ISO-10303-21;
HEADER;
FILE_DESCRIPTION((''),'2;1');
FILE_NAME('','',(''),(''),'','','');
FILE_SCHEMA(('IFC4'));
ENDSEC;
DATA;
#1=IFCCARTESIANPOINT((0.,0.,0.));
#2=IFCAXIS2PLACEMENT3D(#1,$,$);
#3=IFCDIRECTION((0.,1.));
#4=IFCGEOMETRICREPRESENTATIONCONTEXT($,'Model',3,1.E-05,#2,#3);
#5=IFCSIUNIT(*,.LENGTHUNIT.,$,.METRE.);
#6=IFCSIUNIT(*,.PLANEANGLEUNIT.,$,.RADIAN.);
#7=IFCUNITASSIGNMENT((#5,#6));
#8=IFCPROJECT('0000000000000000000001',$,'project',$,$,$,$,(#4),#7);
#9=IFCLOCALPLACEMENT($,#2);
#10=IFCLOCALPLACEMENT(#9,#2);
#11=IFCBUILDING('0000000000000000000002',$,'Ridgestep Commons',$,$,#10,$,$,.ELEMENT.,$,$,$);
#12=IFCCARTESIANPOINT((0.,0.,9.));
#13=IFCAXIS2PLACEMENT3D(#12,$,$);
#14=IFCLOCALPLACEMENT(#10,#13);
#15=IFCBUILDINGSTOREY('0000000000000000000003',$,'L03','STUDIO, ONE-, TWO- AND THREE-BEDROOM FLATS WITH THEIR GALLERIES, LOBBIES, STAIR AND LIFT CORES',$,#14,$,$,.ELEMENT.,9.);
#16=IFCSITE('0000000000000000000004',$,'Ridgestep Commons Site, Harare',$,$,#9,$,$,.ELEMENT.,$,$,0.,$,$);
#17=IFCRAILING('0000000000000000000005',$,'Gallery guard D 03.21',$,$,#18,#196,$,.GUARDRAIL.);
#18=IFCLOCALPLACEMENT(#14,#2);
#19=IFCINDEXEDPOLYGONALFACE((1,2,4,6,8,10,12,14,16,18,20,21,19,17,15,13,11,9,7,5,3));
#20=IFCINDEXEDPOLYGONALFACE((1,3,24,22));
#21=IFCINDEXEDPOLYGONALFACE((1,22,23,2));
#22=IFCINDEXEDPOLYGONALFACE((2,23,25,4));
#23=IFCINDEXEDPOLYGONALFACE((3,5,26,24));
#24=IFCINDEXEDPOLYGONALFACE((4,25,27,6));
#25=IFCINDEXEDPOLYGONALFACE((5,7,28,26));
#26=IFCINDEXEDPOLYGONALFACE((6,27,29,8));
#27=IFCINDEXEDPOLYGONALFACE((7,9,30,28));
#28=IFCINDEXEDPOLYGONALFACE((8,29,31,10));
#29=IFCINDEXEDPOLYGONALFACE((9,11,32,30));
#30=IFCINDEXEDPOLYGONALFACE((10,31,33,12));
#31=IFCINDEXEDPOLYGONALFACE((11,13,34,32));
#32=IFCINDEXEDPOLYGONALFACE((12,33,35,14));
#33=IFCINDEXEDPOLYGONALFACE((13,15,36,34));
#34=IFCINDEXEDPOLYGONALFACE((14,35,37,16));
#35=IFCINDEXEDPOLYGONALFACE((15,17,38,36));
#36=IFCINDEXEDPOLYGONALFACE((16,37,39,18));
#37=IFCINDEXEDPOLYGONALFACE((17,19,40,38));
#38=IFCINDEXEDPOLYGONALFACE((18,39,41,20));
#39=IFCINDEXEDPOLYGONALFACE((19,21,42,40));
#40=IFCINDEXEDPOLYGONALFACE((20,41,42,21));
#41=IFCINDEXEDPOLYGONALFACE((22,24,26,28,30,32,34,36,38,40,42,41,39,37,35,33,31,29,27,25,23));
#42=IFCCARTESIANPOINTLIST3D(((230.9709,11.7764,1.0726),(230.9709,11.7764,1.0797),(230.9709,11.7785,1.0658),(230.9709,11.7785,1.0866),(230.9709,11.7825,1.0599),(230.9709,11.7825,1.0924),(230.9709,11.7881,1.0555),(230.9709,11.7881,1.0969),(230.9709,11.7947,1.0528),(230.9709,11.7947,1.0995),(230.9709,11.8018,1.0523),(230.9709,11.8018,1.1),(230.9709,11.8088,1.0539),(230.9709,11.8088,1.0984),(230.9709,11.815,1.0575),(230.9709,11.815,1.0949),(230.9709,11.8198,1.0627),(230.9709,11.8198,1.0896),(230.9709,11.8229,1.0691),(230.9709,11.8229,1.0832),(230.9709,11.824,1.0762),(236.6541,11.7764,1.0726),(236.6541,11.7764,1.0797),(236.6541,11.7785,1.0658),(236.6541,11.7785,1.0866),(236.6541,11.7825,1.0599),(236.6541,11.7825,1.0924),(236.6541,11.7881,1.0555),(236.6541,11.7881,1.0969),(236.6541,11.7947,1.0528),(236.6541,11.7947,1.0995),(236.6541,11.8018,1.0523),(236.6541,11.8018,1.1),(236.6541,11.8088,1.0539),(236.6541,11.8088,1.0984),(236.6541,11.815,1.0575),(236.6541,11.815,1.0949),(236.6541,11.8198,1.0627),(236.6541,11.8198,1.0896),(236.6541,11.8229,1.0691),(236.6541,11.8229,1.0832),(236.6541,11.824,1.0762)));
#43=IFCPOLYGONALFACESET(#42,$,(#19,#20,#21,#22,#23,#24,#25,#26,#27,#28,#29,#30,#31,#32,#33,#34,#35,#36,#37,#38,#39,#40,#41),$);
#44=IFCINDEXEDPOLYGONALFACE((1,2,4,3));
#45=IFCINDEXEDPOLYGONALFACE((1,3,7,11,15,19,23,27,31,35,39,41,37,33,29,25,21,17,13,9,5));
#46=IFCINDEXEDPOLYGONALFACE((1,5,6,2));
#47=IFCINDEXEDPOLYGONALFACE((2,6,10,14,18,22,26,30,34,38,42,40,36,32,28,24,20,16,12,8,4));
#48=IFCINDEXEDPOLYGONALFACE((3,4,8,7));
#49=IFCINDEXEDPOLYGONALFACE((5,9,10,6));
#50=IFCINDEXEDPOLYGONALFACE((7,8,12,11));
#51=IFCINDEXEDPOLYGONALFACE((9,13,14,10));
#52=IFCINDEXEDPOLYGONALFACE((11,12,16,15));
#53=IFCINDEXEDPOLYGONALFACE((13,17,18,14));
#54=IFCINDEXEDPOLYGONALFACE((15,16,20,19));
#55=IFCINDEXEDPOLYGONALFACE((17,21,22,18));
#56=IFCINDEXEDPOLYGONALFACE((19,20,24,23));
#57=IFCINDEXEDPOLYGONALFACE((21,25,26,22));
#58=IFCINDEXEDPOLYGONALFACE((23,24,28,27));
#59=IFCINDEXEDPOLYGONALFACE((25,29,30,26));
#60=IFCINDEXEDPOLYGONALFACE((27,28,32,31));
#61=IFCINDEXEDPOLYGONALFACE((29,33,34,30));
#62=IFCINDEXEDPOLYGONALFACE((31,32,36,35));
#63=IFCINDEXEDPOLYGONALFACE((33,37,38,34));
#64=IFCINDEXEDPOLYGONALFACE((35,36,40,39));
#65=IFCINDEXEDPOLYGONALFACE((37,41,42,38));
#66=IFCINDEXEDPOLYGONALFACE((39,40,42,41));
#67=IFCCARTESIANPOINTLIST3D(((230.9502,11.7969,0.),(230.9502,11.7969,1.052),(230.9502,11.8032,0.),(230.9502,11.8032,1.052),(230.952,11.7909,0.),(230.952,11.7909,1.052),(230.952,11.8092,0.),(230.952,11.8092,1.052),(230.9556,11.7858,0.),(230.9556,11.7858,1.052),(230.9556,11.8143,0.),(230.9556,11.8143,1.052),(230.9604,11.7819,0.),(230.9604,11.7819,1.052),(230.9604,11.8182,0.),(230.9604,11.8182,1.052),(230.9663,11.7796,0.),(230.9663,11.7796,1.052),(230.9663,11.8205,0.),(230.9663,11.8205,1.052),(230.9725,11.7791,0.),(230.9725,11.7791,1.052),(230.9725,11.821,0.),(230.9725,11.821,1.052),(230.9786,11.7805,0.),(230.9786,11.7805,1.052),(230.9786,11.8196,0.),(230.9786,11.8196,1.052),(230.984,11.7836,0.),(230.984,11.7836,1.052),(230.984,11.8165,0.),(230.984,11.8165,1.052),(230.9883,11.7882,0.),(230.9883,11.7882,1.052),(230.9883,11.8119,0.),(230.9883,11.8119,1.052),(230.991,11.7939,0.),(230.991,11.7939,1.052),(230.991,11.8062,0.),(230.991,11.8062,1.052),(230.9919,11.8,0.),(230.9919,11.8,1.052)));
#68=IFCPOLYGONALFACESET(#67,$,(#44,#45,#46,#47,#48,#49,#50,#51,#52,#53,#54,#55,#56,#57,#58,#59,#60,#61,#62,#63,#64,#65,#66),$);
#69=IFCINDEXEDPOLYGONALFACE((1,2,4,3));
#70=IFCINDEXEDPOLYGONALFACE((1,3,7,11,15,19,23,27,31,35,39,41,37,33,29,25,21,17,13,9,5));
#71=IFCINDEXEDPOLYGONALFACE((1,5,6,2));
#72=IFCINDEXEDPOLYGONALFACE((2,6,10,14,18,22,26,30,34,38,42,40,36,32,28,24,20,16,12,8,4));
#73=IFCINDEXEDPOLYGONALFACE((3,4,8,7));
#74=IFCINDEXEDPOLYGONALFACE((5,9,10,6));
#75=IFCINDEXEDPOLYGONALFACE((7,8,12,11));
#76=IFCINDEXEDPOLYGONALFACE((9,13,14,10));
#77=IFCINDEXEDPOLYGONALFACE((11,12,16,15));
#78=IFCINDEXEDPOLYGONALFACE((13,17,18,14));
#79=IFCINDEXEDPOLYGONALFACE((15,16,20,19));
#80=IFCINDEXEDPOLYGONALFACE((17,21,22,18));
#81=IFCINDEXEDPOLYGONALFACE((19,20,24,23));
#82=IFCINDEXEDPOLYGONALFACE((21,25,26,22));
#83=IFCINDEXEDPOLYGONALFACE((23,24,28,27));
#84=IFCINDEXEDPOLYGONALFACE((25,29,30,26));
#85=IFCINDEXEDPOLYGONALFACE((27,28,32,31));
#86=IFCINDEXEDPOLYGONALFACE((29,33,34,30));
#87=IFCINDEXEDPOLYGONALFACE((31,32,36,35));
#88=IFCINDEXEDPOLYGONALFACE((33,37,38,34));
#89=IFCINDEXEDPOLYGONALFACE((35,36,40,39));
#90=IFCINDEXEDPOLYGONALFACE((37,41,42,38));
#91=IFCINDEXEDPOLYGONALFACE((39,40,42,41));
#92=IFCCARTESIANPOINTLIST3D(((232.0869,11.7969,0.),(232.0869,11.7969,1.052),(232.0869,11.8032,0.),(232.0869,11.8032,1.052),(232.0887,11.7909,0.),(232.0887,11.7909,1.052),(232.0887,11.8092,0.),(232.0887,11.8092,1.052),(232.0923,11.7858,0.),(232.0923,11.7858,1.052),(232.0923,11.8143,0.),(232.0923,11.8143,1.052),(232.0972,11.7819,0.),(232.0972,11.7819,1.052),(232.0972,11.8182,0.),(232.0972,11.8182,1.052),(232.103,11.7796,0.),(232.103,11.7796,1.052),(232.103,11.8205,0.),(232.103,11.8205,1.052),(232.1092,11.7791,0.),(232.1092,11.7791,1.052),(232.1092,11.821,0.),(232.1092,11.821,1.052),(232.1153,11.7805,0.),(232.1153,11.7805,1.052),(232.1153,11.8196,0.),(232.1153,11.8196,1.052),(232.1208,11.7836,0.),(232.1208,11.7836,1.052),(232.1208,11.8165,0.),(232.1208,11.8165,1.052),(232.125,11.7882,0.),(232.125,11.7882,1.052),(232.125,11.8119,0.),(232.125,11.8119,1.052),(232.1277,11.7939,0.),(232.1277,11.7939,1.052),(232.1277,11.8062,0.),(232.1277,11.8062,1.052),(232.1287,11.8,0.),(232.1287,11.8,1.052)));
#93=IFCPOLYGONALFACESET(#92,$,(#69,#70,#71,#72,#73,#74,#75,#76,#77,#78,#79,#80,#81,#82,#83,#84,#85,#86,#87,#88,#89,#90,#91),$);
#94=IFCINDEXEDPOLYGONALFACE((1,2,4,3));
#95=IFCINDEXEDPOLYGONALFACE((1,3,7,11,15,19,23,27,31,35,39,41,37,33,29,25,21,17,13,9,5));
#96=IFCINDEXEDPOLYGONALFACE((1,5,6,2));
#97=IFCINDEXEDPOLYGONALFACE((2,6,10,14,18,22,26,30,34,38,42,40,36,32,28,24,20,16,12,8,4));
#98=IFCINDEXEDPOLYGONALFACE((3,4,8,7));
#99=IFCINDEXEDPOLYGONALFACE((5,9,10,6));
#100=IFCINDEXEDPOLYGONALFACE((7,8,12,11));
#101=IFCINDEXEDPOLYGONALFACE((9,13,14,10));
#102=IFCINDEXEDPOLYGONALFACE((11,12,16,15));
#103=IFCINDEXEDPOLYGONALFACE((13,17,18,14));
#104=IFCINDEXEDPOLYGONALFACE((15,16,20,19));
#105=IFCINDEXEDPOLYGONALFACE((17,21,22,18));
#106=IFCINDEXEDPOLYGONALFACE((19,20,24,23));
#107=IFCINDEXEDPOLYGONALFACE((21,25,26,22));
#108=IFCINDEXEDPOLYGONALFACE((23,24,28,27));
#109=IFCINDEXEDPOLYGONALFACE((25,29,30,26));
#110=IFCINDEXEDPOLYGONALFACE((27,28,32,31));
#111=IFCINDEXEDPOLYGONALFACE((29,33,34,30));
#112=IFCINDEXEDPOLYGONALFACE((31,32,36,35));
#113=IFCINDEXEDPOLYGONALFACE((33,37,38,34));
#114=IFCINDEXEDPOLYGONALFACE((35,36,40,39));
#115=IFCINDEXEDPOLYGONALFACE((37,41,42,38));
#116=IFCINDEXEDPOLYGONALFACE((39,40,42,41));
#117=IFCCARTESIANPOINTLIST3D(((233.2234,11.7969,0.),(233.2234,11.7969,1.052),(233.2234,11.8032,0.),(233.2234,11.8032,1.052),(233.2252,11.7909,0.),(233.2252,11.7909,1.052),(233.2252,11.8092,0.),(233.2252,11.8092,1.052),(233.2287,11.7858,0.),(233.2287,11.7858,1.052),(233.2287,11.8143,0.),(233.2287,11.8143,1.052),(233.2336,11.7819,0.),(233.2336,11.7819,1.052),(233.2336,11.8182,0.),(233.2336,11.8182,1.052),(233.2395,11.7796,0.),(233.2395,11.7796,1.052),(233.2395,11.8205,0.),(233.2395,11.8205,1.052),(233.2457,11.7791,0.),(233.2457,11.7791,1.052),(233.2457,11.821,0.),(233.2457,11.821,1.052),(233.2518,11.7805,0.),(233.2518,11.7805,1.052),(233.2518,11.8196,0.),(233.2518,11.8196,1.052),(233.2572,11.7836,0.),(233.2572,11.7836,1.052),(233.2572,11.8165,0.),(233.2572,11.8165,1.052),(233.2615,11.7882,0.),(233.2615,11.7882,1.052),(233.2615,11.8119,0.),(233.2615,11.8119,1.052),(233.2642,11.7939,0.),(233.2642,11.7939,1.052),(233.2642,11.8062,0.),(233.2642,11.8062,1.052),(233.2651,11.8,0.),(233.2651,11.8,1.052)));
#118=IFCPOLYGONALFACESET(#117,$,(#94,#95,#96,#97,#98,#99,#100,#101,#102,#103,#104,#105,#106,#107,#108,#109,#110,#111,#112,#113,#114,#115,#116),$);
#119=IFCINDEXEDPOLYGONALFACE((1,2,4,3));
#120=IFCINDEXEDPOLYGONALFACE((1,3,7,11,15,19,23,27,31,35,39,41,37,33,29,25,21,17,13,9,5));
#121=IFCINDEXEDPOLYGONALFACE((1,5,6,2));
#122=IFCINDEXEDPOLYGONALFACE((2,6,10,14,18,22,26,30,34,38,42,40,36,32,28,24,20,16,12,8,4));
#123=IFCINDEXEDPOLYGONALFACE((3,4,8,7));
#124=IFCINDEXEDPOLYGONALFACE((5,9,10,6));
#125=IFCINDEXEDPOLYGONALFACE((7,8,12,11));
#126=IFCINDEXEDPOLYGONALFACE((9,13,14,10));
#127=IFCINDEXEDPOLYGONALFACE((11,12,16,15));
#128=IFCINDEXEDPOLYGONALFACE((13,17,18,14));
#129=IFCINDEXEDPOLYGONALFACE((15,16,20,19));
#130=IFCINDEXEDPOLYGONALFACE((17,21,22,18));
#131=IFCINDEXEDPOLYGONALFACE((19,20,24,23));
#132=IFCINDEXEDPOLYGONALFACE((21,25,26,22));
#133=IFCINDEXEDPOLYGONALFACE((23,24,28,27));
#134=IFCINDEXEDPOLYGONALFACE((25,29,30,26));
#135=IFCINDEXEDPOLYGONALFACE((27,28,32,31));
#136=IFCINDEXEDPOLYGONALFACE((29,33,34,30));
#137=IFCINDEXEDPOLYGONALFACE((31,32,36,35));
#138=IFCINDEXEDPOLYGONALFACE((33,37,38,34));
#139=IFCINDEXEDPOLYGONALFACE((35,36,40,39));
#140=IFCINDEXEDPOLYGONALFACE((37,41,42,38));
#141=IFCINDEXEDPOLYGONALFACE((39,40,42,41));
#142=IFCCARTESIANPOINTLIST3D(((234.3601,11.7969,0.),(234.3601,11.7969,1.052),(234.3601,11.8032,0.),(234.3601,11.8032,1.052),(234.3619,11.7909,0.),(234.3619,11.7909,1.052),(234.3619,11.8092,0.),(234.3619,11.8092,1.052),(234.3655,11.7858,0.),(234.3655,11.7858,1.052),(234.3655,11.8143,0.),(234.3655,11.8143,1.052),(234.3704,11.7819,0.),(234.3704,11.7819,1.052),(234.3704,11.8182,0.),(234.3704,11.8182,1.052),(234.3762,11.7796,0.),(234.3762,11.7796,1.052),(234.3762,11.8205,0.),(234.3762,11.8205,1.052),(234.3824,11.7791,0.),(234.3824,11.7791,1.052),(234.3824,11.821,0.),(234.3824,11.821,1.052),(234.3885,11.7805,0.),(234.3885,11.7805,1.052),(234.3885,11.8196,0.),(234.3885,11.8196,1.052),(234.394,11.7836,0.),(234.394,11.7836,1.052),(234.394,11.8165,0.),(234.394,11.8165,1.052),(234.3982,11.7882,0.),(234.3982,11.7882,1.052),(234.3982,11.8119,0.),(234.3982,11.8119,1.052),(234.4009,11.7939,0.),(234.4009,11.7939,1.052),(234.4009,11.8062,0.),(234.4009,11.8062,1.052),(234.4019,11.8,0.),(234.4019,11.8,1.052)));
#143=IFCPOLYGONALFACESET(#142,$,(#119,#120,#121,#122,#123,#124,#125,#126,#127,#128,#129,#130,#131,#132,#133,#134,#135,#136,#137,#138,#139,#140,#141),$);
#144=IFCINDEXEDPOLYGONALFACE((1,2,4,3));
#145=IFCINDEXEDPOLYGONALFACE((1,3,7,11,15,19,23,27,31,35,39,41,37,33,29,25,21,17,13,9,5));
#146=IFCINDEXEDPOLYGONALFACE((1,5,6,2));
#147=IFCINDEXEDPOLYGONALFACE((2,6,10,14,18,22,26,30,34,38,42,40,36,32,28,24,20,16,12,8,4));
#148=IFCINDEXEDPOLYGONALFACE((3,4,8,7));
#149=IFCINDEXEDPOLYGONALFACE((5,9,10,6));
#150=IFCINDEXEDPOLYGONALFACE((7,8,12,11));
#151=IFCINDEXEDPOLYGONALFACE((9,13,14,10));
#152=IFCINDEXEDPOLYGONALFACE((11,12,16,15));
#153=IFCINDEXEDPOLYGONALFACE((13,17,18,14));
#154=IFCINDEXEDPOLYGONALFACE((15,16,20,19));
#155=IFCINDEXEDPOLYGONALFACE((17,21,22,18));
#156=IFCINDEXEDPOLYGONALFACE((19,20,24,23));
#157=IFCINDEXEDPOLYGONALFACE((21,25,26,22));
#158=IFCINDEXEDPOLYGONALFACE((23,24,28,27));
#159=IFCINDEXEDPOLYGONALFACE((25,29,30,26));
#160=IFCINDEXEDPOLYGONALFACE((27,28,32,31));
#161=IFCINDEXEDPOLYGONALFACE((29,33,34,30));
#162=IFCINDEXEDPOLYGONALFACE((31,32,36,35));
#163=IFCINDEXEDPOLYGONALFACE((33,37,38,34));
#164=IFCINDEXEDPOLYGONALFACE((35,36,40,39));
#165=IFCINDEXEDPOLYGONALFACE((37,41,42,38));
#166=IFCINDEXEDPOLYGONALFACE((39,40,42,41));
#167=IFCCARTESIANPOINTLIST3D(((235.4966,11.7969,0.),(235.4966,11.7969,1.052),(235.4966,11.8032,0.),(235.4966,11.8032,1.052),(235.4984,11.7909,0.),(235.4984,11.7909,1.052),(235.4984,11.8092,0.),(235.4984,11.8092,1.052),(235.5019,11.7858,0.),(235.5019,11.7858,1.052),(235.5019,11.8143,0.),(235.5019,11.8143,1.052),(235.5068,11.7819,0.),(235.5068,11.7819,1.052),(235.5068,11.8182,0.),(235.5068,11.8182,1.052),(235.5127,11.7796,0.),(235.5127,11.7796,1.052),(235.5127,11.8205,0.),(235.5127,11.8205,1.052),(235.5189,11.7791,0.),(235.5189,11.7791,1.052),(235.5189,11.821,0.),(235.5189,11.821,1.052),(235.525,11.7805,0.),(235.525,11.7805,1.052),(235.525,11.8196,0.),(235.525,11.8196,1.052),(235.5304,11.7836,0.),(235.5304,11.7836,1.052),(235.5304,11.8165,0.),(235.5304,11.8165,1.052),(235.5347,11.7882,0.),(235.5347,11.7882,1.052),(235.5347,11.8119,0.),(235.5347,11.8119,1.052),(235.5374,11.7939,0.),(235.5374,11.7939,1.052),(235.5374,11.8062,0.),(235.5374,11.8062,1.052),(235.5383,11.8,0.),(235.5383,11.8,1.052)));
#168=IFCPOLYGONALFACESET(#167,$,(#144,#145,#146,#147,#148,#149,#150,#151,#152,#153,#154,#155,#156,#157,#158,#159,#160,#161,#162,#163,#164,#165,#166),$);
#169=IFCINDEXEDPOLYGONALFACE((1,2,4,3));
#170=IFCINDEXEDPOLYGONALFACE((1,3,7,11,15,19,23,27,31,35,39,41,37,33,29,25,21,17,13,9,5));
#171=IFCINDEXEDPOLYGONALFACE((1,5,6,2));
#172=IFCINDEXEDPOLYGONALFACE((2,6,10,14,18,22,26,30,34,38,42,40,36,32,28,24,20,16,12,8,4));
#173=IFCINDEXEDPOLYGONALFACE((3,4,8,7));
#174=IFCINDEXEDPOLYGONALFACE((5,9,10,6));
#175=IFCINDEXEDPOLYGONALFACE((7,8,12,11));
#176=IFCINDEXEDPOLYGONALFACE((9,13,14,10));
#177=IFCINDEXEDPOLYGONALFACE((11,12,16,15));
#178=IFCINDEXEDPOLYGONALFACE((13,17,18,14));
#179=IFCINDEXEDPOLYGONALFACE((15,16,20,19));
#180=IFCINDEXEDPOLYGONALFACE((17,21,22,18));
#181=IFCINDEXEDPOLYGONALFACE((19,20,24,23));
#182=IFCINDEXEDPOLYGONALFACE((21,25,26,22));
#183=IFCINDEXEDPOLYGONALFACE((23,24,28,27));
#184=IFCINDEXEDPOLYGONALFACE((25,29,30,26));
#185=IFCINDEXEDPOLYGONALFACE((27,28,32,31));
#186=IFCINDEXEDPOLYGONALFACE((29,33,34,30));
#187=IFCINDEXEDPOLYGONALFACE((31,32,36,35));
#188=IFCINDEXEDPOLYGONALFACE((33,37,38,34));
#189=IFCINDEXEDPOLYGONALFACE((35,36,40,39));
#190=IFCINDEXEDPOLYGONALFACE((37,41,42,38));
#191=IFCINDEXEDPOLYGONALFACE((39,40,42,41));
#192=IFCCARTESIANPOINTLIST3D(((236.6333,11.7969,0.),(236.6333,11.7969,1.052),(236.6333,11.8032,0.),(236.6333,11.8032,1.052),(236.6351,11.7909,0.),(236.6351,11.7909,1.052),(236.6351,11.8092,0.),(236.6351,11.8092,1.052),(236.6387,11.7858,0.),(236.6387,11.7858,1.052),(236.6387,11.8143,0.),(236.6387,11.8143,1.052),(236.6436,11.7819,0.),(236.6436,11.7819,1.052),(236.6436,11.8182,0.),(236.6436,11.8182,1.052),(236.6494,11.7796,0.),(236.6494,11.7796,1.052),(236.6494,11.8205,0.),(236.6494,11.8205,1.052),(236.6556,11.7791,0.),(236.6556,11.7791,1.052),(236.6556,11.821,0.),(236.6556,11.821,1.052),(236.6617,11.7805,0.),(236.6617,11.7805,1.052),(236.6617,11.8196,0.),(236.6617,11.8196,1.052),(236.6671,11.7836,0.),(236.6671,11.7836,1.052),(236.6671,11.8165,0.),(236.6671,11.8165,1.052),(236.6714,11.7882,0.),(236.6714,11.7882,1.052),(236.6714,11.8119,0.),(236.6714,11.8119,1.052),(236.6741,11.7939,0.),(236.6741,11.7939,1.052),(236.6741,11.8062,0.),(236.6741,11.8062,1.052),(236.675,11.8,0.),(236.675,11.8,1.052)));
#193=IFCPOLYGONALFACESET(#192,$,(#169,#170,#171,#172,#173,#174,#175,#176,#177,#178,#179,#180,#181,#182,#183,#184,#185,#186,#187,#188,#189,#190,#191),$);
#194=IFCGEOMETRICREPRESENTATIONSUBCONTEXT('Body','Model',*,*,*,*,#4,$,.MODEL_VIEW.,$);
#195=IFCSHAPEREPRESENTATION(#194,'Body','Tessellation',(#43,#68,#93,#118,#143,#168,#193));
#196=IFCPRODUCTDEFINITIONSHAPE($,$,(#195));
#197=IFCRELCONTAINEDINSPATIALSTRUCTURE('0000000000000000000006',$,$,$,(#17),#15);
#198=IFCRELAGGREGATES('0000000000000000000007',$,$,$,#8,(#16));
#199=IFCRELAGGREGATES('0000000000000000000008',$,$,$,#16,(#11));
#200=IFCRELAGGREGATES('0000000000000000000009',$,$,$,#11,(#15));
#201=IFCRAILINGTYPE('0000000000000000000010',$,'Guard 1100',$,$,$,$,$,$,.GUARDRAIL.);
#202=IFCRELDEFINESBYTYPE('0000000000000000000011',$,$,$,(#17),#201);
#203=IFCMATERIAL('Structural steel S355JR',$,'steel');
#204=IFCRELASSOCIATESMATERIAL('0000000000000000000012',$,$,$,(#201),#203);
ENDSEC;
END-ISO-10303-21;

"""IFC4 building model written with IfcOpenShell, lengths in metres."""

from ifc_helpers import new_model, si_unit, direction, frame, origin, origin_2d, place, context, subcontext, project, spatial, circle, extrude, material, type_object, element, save


model = new_model("IFC4")

# Units and contexts
model_context = context("Model", 3, precision=1e-05, world=origin(), true_north=direction((0.0, 1.0)))
body_context = subcontext(model_context, "Body", "Model", "MODEL_VIEW")
ifc_project = project(units=[si_unit("LENGTHUNIT", "METRE"), si_unit("PLANEANGLEUNIT", "RADIAN")], contexts=[model_context])

# Site, building, storey
site_placement = place(None, origin())
site = spatial("IfcSite", under=ifc_project, at=site_placement, Name="Ridgestep Commons Site, Harare", CompositionType="ELEMENT", RefElevation=0.0)
building_placement = place(site_placement, origin())
building = spatial("IfcBuilding", under=site, at=building_placement, Name="Ridgestep Commons", CompositionType="ELEMENT")
storey_placement = place(building_placement, frame((0.0, 0.0, 9.0)))
storey = spatial("IfcBuildingStorey", under=building, at=storey_placement, Name="L03", Description="STUDIO, ONE-, TWO- AND THREE-BEDROOM FLATS WITH THEIR GALLERIES, LOBBIES, STAIR AND LIFT CORES", CompositionType="ELEMENT", Elevation=9.0)

# Railing
ifc_material_1 = material(Name="Structural steel S355JR", Category="steel")
railing_type_1 = type_object("IfcRailingType", Name="Guard 1100", PredefinedType="GUARDRAIL", material=ifc_material_1)
railing_1_placement = place(storey_placement, frame((230.9709, 11.8, 0.0)))
element("IfcRailing", 1, at=railing_1_placement, inside=storey, type_object=railing_type_1, Name="Gallery guard D 03.21", PredefinedType="GUARDRAIL", context=body_context, shape_type="SweptSolid", body=[
    extrude(circle(Radius=0.0239, at=origin_2d()), frame((0.0, 0.0, 1.0762), z_axis=(1.0, 0.0, 0.0), x_axis=(0.0, 1.0, 0.0)), (0.0, 0.0, 1.0), 5.6831),
    extrude(circle(Radius=0.021, at=origin_2d()), origin(), (0.0, 0.0, 1.0), 1.052),
    extrude(circle(Radius=0.021, at=origin_2d()), frame((1.1367, 0.0, 0.0)), (0.0, 0.0, 1.0), 1.052),
    extrude(circle(Radius=0.021, at=origin_2d()), frame((2.2732, 0.0, 0.0)), (0.0, 0.0, 1.0), 1.052),
    extrude(circle(Radius=0.021, at=origin_2d()), frame((3.4099, 0.0, 0.0)), (0.0, 0.0, 1.0), 1.052),
    extrude(circle(Radius=0.021, at=origin_2d()), frame((4.5464, 0.0, 0.0)), (0.0, 0.0, 1.0), 1.052),
    extrude(circle(Radius=0.021, at=origin_2d()), frame((5.6831, 0.0, 0.0)), (0.0, 0.0, 1.0), 1.052),
])

save(model, "model.ifc")
